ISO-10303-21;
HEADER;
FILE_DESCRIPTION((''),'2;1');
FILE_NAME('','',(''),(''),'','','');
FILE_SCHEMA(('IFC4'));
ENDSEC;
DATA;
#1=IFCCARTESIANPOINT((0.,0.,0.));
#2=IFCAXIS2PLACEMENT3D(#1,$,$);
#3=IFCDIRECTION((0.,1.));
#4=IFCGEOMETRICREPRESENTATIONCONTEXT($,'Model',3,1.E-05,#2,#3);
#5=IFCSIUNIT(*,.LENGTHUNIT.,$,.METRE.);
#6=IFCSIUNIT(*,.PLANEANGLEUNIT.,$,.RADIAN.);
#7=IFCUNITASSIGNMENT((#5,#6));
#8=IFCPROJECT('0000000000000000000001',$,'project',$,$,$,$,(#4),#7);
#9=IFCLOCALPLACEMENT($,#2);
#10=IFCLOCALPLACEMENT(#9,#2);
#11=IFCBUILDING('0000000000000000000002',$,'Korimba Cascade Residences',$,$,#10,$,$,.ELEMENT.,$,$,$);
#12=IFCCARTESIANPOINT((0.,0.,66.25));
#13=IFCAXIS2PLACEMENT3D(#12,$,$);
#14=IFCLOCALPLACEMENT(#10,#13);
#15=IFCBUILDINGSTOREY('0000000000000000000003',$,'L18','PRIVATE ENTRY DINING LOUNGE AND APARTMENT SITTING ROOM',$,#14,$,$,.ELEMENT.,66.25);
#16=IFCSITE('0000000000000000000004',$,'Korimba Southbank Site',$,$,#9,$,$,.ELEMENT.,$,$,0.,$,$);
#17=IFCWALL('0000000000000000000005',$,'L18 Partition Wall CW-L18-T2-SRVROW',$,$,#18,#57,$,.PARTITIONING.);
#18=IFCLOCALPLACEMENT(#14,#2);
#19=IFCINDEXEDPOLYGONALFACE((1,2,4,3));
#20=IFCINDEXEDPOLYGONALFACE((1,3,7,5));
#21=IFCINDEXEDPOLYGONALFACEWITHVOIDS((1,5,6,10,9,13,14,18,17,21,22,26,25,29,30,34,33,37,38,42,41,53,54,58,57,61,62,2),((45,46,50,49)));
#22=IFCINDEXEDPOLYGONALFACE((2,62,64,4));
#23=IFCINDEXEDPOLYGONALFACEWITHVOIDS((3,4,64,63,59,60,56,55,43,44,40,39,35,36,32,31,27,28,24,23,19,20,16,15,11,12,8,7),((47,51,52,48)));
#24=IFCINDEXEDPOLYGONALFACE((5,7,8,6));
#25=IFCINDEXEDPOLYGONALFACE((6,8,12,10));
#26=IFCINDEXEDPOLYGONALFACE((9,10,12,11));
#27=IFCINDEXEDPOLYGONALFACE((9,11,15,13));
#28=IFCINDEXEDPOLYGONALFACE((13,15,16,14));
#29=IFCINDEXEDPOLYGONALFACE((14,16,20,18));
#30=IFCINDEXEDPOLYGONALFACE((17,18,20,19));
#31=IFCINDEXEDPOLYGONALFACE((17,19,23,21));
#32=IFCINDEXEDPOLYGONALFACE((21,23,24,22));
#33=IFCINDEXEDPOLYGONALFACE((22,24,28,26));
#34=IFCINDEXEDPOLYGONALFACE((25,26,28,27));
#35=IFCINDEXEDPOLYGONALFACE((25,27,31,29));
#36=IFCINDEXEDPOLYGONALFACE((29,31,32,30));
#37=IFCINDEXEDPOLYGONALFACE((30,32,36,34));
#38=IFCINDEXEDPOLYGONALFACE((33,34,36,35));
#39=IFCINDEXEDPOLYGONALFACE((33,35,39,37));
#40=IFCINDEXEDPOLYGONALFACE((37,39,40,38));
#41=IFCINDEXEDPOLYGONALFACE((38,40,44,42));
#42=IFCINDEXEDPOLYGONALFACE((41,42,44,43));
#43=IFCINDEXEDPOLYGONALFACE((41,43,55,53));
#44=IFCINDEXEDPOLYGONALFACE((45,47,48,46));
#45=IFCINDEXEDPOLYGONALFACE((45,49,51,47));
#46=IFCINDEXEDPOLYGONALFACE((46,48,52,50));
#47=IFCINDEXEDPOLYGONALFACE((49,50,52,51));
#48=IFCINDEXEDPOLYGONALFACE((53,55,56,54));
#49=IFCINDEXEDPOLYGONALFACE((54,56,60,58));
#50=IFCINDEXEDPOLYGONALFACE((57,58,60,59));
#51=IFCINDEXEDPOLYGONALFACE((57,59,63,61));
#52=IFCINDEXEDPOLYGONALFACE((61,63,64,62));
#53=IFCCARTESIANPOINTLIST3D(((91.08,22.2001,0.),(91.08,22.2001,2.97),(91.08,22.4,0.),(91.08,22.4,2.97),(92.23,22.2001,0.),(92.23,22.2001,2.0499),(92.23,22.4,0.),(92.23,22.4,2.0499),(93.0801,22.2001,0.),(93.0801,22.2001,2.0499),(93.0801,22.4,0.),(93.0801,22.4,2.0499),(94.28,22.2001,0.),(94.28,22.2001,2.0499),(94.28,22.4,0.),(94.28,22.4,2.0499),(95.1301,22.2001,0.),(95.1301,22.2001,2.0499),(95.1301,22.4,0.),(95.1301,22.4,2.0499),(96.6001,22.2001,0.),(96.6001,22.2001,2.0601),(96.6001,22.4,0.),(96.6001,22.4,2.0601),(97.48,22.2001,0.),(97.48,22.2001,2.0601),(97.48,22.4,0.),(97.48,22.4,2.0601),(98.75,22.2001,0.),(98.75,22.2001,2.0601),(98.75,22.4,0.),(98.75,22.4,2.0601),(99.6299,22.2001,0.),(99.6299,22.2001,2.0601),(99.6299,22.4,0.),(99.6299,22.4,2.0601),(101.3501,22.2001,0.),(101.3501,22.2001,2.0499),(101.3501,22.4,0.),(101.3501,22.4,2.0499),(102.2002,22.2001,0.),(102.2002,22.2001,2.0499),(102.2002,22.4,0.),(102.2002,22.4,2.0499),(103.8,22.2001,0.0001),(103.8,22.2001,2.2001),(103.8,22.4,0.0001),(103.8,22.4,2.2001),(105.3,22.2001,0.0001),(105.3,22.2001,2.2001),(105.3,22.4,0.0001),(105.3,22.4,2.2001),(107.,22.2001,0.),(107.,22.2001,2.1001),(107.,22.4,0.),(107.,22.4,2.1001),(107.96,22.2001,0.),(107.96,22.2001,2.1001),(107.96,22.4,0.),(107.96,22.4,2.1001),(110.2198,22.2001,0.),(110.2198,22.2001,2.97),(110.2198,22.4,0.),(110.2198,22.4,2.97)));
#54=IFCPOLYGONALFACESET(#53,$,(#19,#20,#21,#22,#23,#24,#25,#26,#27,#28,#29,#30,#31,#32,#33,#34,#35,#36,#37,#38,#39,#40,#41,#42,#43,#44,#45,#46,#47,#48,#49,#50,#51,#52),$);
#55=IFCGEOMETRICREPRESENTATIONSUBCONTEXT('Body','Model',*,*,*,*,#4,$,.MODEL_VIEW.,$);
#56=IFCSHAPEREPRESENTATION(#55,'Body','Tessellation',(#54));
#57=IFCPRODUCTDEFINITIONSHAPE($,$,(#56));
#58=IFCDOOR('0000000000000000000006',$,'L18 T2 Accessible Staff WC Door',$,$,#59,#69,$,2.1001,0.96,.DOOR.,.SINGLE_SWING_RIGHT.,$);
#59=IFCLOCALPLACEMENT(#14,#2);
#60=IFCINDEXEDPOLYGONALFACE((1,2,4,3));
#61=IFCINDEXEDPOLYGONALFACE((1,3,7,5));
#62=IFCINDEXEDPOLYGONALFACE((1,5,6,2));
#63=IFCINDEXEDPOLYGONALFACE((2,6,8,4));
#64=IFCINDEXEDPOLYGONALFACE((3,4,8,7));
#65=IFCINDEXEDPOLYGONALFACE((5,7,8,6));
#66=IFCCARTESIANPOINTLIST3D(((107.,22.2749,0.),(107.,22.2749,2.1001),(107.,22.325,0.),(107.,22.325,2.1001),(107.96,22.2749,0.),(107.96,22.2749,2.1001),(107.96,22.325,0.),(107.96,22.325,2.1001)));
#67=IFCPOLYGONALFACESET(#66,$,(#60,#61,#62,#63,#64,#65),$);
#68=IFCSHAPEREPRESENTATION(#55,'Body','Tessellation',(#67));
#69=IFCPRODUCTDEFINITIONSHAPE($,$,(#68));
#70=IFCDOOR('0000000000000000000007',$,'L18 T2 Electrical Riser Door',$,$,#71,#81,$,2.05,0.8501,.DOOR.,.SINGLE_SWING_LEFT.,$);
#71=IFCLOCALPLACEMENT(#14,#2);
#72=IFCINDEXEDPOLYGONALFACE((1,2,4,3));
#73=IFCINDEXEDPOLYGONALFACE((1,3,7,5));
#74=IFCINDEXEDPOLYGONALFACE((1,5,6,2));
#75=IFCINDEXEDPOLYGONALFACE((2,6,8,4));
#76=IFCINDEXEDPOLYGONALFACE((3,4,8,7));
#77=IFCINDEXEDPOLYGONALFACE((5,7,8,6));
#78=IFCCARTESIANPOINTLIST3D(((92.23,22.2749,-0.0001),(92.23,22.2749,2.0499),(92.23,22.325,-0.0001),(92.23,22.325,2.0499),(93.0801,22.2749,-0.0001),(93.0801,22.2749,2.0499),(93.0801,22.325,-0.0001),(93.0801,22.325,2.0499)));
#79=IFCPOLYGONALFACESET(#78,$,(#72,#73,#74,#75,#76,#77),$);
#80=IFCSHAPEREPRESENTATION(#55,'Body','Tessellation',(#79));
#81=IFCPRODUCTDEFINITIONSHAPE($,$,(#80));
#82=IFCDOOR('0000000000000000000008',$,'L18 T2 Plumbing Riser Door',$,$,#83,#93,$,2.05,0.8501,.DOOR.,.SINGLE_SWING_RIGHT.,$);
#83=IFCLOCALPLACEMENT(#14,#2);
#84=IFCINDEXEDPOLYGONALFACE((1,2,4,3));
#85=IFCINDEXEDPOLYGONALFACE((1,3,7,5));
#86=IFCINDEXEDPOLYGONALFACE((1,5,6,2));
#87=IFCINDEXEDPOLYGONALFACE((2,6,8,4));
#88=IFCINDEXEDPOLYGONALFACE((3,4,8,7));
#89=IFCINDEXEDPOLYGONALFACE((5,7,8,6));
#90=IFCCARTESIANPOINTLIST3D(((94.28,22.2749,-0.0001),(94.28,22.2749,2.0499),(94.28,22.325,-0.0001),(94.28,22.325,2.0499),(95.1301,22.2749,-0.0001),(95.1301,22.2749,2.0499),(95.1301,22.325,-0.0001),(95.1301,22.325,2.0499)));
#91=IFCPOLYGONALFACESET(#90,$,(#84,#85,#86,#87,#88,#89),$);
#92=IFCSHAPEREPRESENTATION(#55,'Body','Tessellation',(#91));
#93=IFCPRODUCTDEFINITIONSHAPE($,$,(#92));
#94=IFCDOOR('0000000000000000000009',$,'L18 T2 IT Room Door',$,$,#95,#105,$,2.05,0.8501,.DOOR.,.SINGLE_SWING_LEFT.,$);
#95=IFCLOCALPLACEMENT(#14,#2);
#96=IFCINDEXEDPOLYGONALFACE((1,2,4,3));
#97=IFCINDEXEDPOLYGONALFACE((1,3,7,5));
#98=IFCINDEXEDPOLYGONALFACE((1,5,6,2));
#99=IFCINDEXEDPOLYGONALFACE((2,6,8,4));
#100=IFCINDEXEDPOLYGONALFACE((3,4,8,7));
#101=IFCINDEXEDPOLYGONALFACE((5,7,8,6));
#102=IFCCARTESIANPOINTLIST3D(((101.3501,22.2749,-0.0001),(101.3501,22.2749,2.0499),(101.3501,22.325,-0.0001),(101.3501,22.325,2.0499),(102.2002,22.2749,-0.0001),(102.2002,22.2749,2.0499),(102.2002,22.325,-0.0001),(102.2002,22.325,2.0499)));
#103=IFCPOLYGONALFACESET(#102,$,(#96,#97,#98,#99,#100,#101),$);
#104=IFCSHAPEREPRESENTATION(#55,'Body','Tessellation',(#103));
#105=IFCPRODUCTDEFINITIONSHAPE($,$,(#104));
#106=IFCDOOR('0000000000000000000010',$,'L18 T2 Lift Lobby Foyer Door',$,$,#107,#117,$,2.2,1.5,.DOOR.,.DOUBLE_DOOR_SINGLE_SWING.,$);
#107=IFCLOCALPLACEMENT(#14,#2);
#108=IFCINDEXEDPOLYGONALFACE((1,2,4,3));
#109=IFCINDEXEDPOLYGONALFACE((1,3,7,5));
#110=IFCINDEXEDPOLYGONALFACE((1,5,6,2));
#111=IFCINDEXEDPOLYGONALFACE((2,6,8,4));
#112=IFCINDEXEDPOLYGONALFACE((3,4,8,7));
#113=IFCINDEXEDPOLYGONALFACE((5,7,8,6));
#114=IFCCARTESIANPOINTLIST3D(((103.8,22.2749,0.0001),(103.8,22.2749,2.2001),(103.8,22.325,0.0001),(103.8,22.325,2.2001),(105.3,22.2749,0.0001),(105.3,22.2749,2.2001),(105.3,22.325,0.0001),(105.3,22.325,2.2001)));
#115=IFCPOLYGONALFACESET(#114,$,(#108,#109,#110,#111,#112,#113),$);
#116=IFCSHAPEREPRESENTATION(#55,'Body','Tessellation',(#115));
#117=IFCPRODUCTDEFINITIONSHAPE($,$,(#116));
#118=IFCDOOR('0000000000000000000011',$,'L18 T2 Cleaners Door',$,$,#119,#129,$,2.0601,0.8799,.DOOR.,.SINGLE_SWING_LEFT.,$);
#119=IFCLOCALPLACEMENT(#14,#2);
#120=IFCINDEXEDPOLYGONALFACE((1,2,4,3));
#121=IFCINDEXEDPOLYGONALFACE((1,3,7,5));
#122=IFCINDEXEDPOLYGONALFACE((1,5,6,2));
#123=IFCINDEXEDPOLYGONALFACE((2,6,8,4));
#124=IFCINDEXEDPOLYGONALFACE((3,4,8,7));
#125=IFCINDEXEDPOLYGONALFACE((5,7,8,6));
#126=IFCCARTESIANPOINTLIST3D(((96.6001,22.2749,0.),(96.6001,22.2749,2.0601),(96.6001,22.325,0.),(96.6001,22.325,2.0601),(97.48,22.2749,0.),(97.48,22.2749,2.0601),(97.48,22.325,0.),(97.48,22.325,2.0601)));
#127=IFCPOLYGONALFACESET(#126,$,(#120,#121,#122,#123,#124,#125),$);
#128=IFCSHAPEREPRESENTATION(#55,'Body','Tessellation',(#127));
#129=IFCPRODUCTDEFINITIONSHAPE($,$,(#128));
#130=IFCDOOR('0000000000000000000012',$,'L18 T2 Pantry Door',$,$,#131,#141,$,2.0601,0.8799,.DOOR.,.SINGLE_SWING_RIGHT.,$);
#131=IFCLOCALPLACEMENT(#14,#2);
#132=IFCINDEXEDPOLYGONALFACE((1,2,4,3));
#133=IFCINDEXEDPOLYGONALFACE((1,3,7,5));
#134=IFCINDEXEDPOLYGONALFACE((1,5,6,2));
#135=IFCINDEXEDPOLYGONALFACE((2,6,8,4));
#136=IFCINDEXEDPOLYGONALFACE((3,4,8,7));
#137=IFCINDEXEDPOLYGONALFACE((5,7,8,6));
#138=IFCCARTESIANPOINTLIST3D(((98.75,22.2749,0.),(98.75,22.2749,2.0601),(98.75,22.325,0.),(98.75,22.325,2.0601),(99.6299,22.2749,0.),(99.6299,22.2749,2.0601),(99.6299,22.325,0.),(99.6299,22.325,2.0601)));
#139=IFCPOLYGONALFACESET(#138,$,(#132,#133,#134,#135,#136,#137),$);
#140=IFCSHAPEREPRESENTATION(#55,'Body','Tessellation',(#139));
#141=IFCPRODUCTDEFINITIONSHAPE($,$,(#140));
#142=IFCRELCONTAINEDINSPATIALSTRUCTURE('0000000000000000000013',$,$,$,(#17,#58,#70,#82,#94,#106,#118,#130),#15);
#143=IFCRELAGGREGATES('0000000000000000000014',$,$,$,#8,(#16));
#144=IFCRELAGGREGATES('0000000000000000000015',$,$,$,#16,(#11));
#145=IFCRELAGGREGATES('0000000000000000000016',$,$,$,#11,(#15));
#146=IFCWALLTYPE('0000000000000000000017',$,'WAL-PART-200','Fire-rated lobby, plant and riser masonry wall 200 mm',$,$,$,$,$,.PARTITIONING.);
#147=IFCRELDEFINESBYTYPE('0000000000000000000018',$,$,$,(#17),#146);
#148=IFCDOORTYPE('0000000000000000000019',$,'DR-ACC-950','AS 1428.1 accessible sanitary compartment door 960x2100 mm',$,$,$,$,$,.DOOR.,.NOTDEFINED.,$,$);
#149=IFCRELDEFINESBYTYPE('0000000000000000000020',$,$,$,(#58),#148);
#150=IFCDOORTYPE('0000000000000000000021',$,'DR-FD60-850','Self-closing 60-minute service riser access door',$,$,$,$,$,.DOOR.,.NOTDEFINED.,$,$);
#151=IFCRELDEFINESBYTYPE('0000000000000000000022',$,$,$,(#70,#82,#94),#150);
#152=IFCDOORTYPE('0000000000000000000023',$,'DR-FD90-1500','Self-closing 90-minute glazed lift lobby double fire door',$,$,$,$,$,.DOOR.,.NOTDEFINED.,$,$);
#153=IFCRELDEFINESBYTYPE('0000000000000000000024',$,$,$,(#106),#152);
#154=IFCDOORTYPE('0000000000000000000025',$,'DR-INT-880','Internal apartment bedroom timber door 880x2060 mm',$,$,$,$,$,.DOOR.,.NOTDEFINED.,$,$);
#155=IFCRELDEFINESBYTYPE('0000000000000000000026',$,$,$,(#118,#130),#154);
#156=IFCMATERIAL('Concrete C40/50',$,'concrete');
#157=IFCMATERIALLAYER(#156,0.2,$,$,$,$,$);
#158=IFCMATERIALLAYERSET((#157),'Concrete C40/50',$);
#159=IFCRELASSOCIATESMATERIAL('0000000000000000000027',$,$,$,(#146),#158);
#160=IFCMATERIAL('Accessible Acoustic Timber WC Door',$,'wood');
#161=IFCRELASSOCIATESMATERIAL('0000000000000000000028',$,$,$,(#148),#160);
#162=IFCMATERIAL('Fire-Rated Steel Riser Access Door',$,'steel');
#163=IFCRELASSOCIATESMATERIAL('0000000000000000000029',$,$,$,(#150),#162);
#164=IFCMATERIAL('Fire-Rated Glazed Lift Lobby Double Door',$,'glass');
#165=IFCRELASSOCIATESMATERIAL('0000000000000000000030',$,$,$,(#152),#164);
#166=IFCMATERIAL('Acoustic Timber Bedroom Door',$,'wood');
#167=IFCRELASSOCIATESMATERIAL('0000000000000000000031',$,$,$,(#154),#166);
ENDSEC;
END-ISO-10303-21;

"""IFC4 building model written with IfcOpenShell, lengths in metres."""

from ifc_helpers import new_model, si_unit, direction, frame, frame_2d, origin, place, context, subcontext, project, spatial, rectangle, extrude, material, layer, layer_set, type_object, element, fill, save


model = new_model("IFC4")

# Units and contexts
model_context = context("Model", 3, precision=1e-05, world=origin(), true_north=direction((0.0, 1.0)))
body_context = subcontext(model_context, "Body", "Model", "MODEL_VIEW")
ifc_project = project(units=[si_unit("LENGTHUNIT", "METRE"), si_unit("PLANEANGLEUNIT", "RADIAN")], contexts=[model_context])

# Site, building, storey
site_placement = place(None, origin())
site = spatial("IfcSite", under=ifc_project, at=site_placement, Name="Korimba Southbank Site", CompositionType="ELEMENT", RefElevation=0.0)
building_placement = place(site_placement, origin())
building = spatial("IfcBuilding", under=site, at=building_placement, Name="Korimba Cascade Residences", CompositionType="ELEMENT")
storey_placement = place(building_placement, frame((0.0, 0.0, 66.25)))
storey = spatial("IfcBuildingStorey", under=building, at=storey_placement, Name="L18", Description="PRIVATE ENTRY DINING LOUNGE AND APARTMENT SITTING ROOM", CompositionType="ELEMENT", Elevation=66.25)

# Shared definitions
ifc_material_1 = material(Name="Concrete C40/50", Category="concrete")
ifc_layer_1 = layer(ifc_material_1, 0.2)
ifc_layer_set_1 = layer_set([ifc_layer_1], Name="Concrete C40/50")
wall_type_1 = type_object("IfcWallType", Name="WAL-PART-200", Description="Fire-rated lobby, plant and riser masonry wall 200 mm", PredefinedType="PARTITIONING", material=ifc_layer_set_1)

# Wall, openings, doors
wall_1_placement = place(storey_placement, frame((91.0801, 22.3, 0.0), z_axis=(0.0, 0.0, 1.0), x_axis=(1.0, 0.0, 0.0)))
wall_1 = element("IfcWall", 1, at=wall_1_placement, inside=storey, type_object=wall_type_1, Name="L18 Partition Wall CW-L18-T2-SRVROW", PredefinedType="PARTITIONING", context=body_context, shape_type="SweptSolid", body=[
    extrude(rectangle(XDim=19.1399, YDim=0.2, at=frame_2d((9.5698, 0.0))), origin(), (0.0, 0.0, 1.0), 2.97),
])
opening_1_placement = place(wall_1_placement, frame((1.1499, 0.0, 0.0)))
opening_1 = element("IfcOpeningElement", 2, at=opening_1_placement, cuts=wall_1, PredefinedType="OPENING", context=body_context, shape_type="SweptSolid", body=[
    extrude(rectangle(XDim=0.8501, YDim=2.05, at=frame_2d((0.425, 1.0249))), frame((0.0, 0.1099, 0.0), z_axis=(0.0, -1.0, 0.0), x_axis=(1.0, 0.0, 0.0)), (0.0, 0.0, 1.0), 0.22),
])
opening_2_placement = place(wall_1_placement, frame((3.2, 0.0, 0.0)))
opening_2 = element("IfcOpeningElement", 3, at=opening_2_placement, cuts=wall_1, PredefinedType="OPENING", context=body_context, shape_type="SweptSolid", body=[
    extrude(rectangle(XDim=0.8501, YDim=2.05, at=frame_2d((0.425, 1.0249))), frame((0.0, 0.1099, 0.0), z_axis=(0.0, -1.0, 0.0), x_axis=(1.0, 0.0, 0.0)), (0.0, 0.0, 1.0), 0.22),
])
opening_3_placement = place(wall_1_placement, frame((12.72, 0.0, 0.0)))
opening_3 = element("IfcOpeningElement", 4, at=opening_3_placement, cuts=wall_1, PredefinedType="OPENING", context=body_context, shape_type="SweptSolid", body=[
    extrude(rectangle(XDim=1.5, YDim=2.2, at=frame_2d((0.75, 1.1001))), frame((0.0, 0.1099, 0.0), z_axis=(0.0, -1.0, 0.0), x_axis=(1.0, 0.0, 0.0)), (0.0, 0.0, 1.0), 0.22),
])
opening_4_placement = place(wall_1_placement, frame((5.52, 0.0, 0.0)))
opening_4 = element("IfcOpeningElement", 5, at=opening_4_placement, cuts=wall_1, PredefinedType="OPENING", context=body_context, shape_type="SweptSolid", body=[
    extrude(rectangle(XDim=0.8799, YDim=2.0601, at=frame_2d((0.4399, 1.03))), frame((0.0, 0.1099, 0.0), z_axis=(0.0, -1.0, 0.0), x_axis=(1.0, 0.0, 0.0)), (0.0, 0.0, 1.0), 0.22),
])
opening_5_placement = place(wall_1_placement, frame((7.6699, 0.0, 0.0)))
opening_5 = element("IfcOpeningElement", 6, at=opening_5_placement, cuts=wall_1, PredefinedType="OPENING", context=body_context, shape_type="SweptSolid", body=[
    extrude(rectangle(XDim=0.8799, YDim=2.0601, at=frame_2d((0.4399, 1.03))), frame((0.0, 0.1099, 0.0), z_axis=(0.0, -1.0, 0.0), x_axis=(1.0, 0.0, 0.0)), (0.0, 0.0, 1.0), 0.22),
])
opening_6_placement = place(wall_1_placement, frame((10.27, 0.0, 0.0)))
opening_6 = element("IfcOpeningElement", 7, at=opening_6_placement, cuts=wall_1, PredefinedType="OPENING", context=body_context, shape_type="SweptSolid", body=[
    extrude(rectangle(XDim=0.8501, YDim=2.05, at=frame_2d((0.425, 1.0249))), frame((0.0, 0.1099, 0.0), z_axis=(0.0, -1.0, 0.0), x_axis=(1.0, 0.0, 0.0)), (0.0, 0.0, 1.0), 0.22),
])
opening_7_placement = place(wall_1_placement, frame((15.9199, 0.0, 0.0)))
opening_7 = element("IfcOpeningElement", 8, at=opening_7_placement, cuts=wall_1, PredefinedType="OPENING", context=body_context, shape_type="SweptSolid", body=[
    extrude(rectangle(XDim=0.96, YDim=2.1001, at=frame_2d((0.48, 1.05))), frame((0.0, 0.1099, 0.0), z_axis=(0.0, -1.0, 0.0), x_axis=(1.0, 0.0, 0.0)), (0.0, 0.0, 1.0), 0.22),
])
ifc_material_2 = material(Name="Accessible Acoustic Timber WC Door", Category="wood")
door_type_1 = type_object("IfcDoorType", Name="DR-ACC-950", Description="AS 1428.1 accessible sanitary compartment door 960x2100 mm", OperationType="NOTDEFINED", PredefinedType="DOOR", material=ifc_material_2)
door_1_placement = place(opening_7_placement, origin())
door_1 = element("IfcDoor", 9, at=door_1_placement, inside=storey, type_object=door_type_1, Name="L18 T2 Accessible Staff WC Door", OperationType="SINGLE_SWING_RIGHT", OverallHeight=2.1001, OverallWidth=0.96, PredefinedType="DOOR", context=body_context, shape_type="SweptSolid", body=[
    extrude(rectangle(XDim=0.96, YDim=2.1001, at=frame_2d((0.48, 1.05))), frame((0.0, 0.0249, 0.0), z_axis=(0.0, -1.0, 0.0), x_axis=(1.0, 0.0, 0.0)), (0.0, 0.0, 1.0), 0.05),
])
fill(opening_7, door_1)
ifc_material_3 = material(Name="Fire-Rated Steel Riser Access Door", Category="steel")
door_type_2 = type_object("IfcDoorType", Name="DR-FD60-850", Description="Self-closing 60-minute service riser access door", OperationType="NOTDEFINED", PredefinedType="DOOR", material=ifc_material_3)
door_2_placement = place(opening_1_placement, origin())
door_2 = element("IfcDoor", 10, at=door_2_placement, inside=storey, type_object=door_type_2, Name="L18 T2 Electrical Riser Door", OperationType="SINGLE_SWING_LEFT", OverallHeight=2.05, OverallWidth=0.8501, PredefinedType="DOOR", context=body_context, shape_type="SweptSolid", body=[
    extrude(rectangle(XDim=0.8501, YDim=2.05, at=frame_2d((0.425, 1.0249))), frame((0.0, 0.0249, 0.0), z_axis=(0.0, -1.0, 0.0), x_axis=(1.0, 0.0, 0.0)), (0.0, 0.0, 1.0), 0.05),
])
fill(opening_1, door_2)
door_3_placement = place(opening_2_placement, origin())
door_3 = element("IfcDoor", 11, at=door_3_placement, inside=storey, type_object=door_type_2, Name="L18 T2 Plumbing Riser Door", OperationType="SINGLE_SWING_RIGHT", OverallHeight=2.05, OverallWidth=0.8501, PredefinedType="DOOR", context=body_context, shape_type="SweptSolid", body=[
    extrude(rectangle(XDim=0.8501, YDim=2.05, at=frame_2d((0.425, 1.0249))), frame((0.0, 0.0249, 0.0), z_axis=(0.0, -1.0, 0.0), x_axis=(1.0, 0.0, 0.0)), (0.0, 0.0, 1.0), 0.05),
])
fill(opening_2, door_3)
door_4_placement = place(opening_6_placement, origin())
door_4 = element("IfcDoor", 12, at=door_4_placement, inside=storey, type_object=door_type_2, Name="L18 T2 IT Room Door", OperationType="SINGLE_SWING_LEFT", OverallHeight=2.05, OverallWidth=0.8501, PredefinedType="DOOR", context=body_context, shape_type="SweptSolid", body=[
    extrude(rectangle(XDim=0.8501, YDim=2.05, at=frame_2d((0.425, 1.0249))), frame((0.0, 0.0249, 0.0), z_axis=(0.0, -1.0, 0.0), x_axis=(1.0, 0.0, 0.0)), (0.0, 0.0, 1.0), 0.05),
])
fill(opening_6, door_4)
ifc_material_4 = material(Name="Fire-Rated Glazed Lift Lobby Double Door", Category="glass")
door_type_3 = type_object("IfcDoorType", Name="DR-FD90-1500", Description="Self-closing 90-minute glazed lift lobby double fire door", OperationType="NOTDEFINED", PredefinedType="DOOR", material=ifc_material_4)
door_5_placement = place(opening_3_placement, origin())
door_5 = element("IfcDoor", 13, at=door_5_placement, inside=storey, type_object=door_type_3, Name="L18 T2 Lift Lobby Foyer Door", OperationType="DOUBLE_DOOR_SINGLE_SWING", OverallHeight=2.2, OverallWidth=1.5, PredefinedType="DOOR", context=body_context, shape_type="SweptSolid", body=[
    extrude(rectangle(XDim=1.5, YDim=2.2, at=frame_2d((0.75, 1.1001))), frame((0.0, 0.0249, 0.0), z_axis=(0.0, -1.0, 0.0), x_axis=(1.0, 0.0, 0.0)), (0.0, 0.0, 1.0), 0.05),
])
fill(opening_3, door_5)
ifc_material_5 = material(Name="Acoustic Timber Bedroom Door", Category="wood")
door_type_4 = type_object("IfcDoorType", Name="DR-INT-880", Description="Internal apartment bedroom timber door 880x2060 mm", OperationType="NOTDEFINED", PredefinedType="DOOR", material=ifc_material_5)
door_6_placement = place(opening_4_placement, origin())
door_6 = element("IfcDoor", 14, at=door_6_placement, inside=storey, type_object=door_type_4, Name="L18 T2 Cleaners Door", OperationType="SINGLE_SWING_LEFT", OverallHeight=2.0601, OverallWidth=0.8799, PredefinedType="DOOR", context=body_context, shape_type="SweptSolid", body=[
    extrude(rectangle(XDim=0.8799, YDim=2.0601, at=frame_2d((0.4399, 1.03))), frame((0.0, 0.0249, 0.0), z_axis=(0.0, -1.0, 0.0), x_axis=(1.0, 0.0, 0.0)), (0.0, 0.0, 1.0), 0.05),
])
fill(opening_4, door_6)
door_7_placement = place(opening_5_placement, origin())
door_7 = element("IfcDoor", 15, at=door_7_placement, inside=storey, type_object=door_type_4, Name="L18 T2 Pantry Door", OperationType="SINGLE_SWING_RIGHT", OverallHeight=2.0601, OverallWidth=0.8799, PredefinedType="DOOR", context=body_context, shape_type="SweptSolid", body=[
    extrude(rectangle(XDim=0.8799, YDim=2.0601, at=frame_2d((0.4399, 1.03))), frame((0.0, 0.0249, 0.0), z_axis=(0.0, -1.0, 0.0), x_axis=(1.0, 0.0, 0.0)), (0.0, 0.0, 1.0), 0.05),
])
fill(opening_5, door_7)

save(model, "model.ifc")
